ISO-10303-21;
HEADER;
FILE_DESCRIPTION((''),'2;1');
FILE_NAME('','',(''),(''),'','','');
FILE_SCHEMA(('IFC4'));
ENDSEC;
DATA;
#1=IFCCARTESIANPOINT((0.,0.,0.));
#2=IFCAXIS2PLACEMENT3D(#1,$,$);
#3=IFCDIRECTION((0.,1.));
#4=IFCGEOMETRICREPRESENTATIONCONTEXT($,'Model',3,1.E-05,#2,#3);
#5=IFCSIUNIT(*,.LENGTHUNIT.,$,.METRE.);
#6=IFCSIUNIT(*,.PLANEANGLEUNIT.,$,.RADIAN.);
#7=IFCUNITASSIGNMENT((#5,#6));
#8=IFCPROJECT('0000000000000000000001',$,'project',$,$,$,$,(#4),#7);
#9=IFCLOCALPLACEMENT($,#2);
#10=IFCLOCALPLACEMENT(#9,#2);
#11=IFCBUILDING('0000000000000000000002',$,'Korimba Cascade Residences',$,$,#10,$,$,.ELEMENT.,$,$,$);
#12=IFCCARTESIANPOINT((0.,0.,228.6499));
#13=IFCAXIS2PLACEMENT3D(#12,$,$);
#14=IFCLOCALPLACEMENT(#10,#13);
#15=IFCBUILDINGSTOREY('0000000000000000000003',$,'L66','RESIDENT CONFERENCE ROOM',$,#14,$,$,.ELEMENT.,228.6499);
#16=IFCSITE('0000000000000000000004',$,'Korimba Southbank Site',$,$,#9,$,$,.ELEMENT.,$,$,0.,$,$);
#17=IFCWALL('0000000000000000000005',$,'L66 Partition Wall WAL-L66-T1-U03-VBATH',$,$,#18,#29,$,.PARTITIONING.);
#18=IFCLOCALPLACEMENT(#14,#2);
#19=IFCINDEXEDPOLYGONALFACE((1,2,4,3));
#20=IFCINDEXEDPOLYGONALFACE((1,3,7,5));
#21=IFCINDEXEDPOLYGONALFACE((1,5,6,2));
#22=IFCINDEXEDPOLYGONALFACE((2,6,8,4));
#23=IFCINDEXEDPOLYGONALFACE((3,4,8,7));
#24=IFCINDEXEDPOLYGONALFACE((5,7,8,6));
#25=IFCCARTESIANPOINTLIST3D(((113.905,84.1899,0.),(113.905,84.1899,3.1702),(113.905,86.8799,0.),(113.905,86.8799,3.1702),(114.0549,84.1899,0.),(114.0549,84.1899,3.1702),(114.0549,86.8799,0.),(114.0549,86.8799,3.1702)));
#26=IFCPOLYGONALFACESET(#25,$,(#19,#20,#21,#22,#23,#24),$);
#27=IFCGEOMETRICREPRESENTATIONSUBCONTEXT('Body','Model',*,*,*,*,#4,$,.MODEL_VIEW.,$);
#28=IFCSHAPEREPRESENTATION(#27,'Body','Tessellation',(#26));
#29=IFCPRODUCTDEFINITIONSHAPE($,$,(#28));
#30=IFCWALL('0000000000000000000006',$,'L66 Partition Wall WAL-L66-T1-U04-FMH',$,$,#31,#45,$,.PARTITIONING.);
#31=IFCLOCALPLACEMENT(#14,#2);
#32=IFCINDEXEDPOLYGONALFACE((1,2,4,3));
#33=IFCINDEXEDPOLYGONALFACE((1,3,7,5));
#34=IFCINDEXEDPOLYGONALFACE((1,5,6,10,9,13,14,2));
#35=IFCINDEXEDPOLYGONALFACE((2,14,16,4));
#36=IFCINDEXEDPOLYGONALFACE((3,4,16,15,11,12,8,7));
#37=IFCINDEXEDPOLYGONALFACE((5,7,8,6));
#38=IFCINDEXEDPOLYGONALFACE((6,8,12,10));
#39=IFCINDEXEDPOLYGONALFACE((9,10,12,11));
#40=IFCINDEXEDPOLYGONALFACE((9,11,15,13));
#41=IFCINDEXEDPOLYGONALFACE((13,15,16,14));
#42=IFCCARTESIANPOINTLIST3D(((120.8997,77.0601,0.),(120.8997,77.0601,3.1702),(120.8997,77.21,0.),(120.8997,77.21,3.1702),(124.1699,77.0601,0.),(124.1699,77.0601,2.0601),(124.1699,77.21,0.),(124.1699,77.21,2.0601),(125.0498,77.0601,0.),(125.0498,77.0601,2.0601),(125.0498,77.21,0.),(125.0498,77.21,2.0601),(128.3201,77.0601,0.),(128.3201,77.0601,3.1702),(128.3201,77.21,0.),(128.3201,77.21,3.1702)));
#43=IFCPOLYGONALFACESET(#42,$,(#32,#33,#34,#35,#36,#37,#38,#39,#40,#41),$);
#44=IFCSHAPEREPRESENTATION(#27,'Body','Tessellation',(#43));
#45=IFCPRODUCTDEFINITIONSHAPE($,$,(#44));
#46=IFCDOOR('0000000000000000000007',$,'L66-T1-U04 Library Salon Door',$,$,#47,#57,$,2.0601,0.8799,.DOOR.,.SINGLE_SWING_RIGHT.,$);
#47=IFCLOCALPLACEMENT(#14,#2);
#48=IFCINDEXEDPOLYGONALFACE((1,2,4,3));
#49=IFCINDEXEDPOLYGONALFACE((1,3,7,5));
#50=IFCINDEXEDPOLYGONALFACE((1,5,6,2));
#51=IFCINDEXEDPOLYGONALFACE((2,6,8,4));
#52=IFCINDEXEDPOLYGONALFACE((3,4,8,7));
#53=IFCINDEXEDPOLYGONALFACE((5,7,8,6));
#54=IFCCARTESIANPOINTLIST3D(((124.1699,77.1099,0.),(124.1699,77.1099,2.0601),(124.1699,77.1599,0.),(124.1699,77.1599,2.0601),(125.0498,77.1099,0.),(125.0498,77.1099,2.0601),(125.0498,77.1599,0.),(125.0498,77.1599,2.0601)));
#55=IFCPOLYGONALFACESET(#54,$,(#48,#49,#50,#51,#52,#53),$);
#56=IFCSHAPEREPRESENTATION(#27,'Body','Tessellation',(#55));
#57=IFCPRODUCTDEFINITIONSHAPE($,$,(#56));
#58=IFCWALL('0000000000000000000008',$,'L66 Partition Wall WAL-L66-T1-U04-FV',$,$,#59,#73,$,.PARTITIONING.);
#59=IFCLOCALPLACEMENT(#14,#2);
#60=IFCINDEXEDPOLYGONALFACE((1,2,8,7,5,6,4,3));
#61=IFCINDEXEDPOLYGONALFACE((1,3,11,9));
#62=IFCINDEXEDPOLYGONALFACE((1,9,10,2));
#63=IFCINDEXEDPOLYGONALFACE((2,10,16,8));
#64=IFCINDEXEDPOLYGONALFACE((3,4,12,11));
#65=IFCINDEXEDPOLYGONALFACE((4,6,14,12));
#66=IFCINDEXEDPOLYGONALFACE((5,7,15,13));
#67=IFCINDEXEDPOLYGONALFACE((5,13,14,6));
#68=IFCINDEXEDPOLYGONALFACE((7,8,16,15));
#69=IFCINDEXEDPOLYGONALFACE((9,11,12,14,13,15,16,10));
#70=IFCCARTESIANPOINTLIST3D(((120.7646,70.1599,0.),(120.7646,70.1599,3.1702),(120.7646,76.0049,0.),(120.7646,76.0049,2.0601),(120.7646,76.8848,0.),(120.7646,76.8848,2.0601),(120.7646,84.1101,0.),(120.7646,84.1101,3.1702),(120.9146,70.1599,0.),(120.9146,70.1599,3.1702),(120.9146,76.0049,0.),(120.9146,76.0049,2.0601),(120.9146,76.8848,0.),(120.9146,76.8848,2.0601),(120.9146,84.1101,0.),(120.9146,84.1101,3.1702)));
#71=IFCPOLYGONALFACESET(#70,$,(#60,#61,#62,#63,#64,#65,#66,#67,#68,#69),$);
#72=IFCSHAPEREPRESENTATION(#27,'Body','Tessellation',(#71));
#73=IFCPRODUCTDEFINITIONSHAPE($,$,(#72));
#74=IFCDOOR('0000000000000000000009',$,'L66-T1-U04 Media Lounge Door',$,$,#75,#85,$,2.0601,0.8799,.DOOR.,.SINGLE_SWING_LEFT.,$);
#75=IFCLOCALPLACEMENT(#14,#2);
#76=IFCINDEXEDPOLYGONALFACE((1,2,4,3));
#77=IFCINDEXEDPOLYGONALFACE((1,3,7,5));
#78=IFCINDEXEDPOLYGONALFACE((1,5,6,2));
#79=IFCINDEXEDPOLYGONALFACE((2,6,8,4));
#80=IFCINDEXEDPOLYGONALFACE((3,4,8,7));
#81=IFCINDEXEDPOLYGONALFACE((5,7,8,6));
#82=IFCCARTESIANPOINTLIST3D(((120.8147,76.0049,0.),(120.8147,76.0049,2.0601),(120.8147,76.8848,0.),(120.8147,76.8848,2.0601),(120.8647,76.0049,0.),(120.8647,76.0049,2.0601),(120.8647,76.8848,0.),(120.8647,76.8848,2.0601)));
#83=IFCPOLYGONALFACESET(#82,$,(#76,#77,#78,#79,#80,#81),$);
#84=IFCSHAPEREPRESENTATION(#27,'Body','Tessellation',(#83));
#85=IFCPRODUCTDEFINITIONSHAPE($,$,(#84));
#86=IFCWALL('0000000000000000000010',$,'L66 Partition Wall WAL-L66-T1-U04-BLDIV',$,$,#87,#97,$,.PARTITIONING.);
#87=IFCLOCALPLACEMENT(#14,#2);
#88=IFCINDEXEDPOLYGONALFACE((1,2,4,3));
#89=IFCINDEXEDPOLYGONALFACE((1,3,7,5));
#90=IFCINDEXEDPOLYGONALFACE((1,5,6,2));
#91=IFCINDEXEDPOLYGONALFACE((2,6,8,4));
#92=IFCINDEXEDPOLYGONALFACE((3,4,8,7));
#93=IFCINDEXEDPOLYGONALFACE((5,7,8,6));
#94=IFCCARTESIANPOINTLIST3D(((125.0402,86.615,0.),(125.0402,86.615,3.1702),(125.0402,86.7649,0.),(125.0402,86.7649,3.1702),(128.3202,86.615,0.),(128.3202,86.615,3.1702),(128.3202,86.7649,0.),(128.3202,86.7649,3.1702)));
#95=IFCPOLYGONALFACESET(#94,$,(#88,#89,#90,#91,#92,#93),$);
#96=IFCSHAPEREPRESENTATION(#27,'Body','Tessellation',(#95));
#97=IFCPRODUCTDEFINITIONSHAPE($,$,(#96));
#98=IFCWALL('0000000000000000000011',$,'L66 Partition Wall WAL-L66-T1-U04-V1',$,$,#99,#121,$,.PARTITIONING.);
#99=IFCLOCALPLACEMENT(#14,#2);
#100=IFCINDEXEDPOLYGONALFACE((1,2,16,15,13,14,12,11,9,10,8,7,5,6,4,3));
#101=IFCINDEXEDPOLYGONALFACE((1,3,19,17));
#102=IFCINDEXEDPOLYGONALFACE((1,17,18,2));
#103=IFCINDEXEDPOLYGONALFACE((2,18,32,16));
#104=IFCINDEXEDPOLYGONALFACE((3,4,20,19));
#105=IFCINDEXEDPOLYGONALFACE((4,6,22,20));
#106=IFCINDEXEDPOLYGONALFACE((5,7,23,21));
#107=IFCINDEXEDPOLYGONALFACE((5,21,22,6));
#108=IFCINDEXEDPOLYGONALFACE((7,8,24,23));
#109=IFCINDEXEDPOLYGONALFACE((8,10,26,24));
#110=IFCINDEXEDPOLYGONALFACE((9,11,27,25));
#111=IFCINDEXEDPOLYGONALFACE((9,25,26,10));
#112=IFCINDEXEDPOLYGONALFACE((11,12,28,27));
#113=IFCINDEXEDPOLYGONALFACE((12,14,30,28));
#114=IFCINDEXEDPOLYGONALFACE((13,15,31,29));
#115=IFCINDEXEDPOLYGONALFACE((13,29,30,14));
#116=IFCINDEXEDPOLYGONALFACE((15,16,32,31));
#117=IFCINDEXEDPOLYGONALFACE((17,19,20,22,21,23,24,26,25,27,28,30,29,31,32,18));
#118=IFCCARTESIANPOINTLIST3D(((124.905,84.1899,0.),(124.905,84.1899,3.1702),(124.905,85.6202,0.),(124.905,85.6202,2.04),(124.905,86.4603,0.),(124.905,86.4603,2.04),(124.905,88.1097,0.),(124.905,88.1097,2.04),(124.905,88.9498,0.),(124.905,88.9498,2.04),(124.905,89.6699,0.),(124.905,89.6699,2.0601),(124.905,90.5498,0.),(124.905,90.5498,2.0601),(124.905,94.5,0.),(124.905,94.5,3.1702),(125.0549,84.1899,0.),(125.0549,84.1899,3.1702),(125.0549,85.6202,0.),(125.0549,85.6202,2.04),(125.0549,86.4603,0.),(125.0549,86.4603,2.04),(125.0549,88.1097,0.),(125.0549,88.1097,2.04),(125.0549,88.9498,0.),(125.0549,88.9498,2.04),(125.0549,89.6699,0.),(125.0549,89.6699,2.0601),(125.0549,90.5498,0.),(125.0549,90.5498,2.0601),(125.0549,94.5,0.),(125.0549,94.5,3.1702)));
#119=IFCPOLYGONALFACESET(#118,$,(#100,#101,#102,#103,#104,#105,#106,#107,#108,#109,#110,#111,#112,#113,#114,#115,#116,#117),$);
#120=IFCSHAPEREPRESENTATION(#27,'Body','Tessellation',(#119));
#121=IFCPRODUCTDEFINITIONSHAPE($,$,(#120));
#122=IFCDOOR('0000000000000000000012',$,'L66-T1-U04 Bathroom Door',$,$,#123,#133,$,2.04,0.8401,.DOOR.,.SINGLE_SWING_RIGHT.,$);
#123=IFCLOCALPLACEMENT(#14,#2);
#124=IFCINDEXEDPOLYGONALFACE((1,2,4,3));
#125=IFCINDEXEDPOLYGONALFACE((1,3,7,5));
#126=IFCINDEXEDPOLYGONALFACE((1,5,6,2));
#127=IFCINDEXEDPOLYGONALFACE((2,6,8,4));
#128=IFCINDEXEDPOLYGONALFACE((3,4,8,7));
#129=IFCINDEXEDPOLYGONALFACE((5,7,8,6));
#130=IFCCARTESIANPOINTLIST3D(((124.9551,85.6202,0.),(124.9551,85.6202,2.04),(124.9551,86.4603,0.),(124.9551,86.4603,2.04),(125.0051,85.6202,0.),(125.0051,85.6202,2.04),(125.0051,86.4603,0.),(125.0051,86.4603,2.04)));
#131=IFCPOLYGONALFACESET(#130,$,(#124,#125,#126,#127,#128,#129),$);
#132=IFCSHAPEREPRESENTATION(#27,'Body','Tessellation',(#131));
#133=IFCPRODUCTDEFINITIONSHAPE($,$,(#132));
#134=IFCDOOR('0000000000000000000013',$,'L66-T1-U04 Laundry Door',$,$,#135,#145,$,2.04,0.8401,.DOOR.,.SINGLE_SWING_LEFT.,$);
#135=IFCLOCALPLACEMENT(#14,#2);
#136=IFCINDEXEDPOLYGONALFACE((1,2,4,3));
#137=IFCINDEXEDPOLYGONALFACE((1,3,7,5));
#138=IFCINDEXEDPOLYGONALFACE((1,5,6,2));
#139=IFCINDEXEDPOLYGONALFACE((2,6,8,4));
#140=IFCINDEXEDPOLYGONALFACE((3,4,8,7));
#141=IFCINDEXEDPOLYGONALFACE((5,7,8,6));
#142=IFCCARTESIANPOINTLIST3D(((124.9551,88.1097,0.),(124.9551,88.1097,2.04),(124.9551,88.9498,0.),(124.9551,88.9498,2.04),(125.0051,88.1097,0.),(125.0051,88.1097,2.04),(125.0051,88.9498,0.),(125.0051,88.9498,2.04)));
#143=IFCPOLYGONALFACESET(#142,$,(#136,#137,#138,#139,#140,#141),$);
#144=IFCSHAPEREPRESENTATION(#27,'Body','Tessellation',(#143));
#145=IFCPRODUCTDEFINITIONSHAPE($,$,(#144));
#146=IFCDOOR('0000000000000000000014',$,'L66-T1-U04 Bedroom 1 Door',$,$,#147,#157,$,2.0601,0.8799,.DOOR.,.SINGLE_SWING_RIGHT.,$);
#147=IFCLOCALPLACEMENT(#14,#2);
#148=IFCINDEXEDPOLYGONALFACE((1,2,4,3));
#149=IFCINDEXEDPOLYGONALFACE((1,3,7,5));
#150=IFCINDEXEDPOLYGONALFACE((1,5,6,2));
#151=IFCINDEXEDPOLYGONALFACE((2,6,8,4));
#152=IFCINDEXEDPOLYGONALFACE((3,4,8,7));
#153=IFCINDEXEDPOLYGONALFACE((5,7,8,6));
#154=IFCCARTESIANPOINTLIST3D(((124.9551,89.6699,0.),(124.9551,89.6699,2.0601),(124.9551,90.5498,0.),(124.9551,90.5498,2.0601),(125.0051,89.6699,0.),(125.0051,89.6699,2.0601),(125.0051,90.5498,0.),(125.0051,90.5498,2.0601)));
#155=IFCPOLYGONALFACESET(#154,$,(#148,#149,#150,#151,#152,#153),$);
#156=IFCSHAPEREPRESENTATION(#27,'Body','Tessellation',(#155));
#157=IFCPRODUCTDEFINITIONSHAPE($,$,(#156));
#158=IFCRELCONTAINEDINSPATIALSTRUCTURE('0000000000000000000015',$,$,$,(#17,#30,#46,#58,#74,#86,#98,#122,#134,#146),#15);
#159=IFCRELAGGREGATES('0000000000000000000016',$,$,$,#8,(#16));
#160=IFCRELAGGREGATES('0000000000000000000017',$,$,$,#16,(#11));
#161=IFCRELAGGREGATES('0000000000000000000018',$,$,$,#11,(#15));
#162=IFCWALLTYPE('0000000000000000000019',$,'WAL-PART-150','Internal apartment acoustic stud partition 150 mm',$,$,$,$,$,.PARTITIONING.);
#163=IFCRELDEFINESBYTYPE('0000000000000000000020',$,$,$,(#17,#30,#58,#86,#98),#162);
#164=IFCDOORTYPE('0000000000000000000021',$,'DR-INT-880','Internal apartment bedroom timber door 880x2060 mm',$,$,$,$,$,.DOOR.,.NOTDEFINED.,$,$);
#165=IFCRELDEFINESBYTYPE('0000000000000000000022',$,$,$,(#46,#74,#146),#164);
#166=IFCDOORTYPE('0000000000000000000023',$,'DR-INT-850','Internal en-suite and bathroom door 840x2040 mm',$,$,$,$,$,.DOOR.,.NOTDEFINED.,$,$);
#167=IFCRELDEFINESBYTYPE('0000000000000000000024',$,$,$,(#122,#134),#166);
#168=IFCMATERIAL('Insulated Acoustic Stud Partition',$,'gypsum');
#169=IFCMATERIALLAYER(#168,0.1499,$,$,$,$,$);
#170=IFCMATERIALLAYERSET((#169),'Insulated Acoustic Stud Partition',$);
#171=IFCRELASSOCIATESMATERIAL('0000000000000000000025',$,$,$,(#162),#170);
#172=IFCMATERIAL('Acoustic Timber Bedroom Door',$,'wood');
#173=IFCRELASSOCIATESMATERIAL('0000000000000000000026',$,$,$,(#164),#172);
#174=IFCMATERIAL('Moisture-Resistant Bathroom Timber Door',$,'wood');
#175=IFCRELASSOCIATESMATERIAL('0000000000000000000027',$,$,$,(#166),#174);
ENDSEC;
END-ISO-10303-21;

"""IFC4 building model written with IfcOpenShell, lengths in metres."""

from ifc_helpers import new_model, si_unit, direction, frame, frame_2d, origin, place, context, subcontext, project, spatial, rectangle, extrude, material, layer, layer_set, type_object, element, fill, save


model = new_model("IFC4")

# Units and contexts
model_context = context("Model", 3, precision=1e-05, world=origin(), true_north=direction((0.0, 1.0)))
body_context = subcontext(model_context, "Body", "Model", "MODEL_VIEW")
ifc_project = project(units=[si_unit("LENGTHUNIT", "METRE"), si_unit("PLANEANGLEUNIT", "RADIAN")], contexts=[model_context])

# Site, building, storey
site_placement = place(None, origin())
site = spatial("IfcSite", under=ifc_project, at=site_placement, Name="Korimba Southbank Site", CompositionType="ELEMENT", RefElevation=0.0)
building_placement = place(site_placement, origin())
building = spatial("IfcBuilding", under=site, at=building_placement, Name="Korimba Cascade Residences", CompositionType="ELEMENT")
storey_placement = place(building_placement, frame((0.0, 0.0, 228.6499)))
storey = spatial("IfcBuildingStorey", under=building, at=storey_placement, Name="L66", Description="RESIDENT CONFERENCE ROOM", CompositionType="ELEMENT", Elevation=228.6499)

# Wall
ifc_material_1 = material(Name="Insulated Acoustic Stud Partition", Category="gypsum")
ifc_layer_1 = layer(ifc_material_1, 0.1499)
ifc_layer_set_1 = layer_set([ifc_layer_1], Name="Insulated Acoustic Stud Partition")
wall_type_1 = type_object("IfcWallType", Name="WAL-PART-150", Description="Internal apartment acoustic stud partition 150 mm", PredefinedType="PARTITIONING", material=ifc_layer_set_1)
wall_1_placement = place(storey_placement, frame((113.98, 84.1899, 0.0), z_axis=(0.0, 0.0, 1.0), x_axis=(0.0, 1.0, 0.0)))
element("IfcWall", 1, at=wall_1_placement, inside=storey, type_object=wall_type_1, Name="L66 Partition Wall WAL-L66-T1-U03-VBATH", PredefinedType="PARTITIONING", context=body_context, shape_type="SweptSolid", body=[
    extrude(rectangle(XDim=2.6899, YDim=0.1499, at=frame_2d((1.345, 0.0))), origin(), (0.0, 0.0, 1.0), 3.1702),
])

# Walls, openings, doors
wall_2_placement = place(storey_placement, frame((120.8997, 77.135, 0.0), z_axis=(0.0, 0.0, 1.0), x_axis=(1.0, 0.0, 0.0)))
wall_2 = element("IfcWall", 2, at=wall_2_placement, inside=storey, type_object=wall_type_1, Name="L66 Partition Wall WAL-L66-T1-U04-FMH", PredefinedType="PARTITIONING", context=body_context, shape_type="SweptSolid", body=[
    extrude(rectangle(XDim=7.4204, YDim=0.1499, at=frame_2d((3.7102, 0.0))), origin(), (0.0, 0.0, 1.0), 3.1702),
])
opening_1_placement = place(wall_2_placement, frame((3.2703, 0.0, 0.0)))
opening_1 = element("IfcOpeningElement", 3, at=opening_1_placement, cuts=wall_2, PredefinedType="OPENING", context=body_context, shape_type="SweptSolid", body=[
    extrude(rectangle(XDim=0.8799, YDim=2.0601, at=frame_2d((0.4399, 1.03))), frame((0.0, 0.085, 0.0), z_axis=(0.0, -1.0, 0.0), x_axis=(1.0, 0.0, 0.0)), (0.0, 0.0, 1.0), 0.1699),
])
ifc_material_2 = material(Name="Acoustic Timber Bedroom Door", Category="wood")
door_type_1 = type_object("IfcDoorType", Name="DR-INT-880", Description="Internal apartment bedroom timber door 880x2060 mm", OperationType="NOTDEFINED", PredefinedType="DOOR", material=ifc_material_2)
door_1_placement = place(opening_1_placement, origin())
door_1 = element("IfcDoor", 4, at=door_1_placement, inside=storey, type_object=door_type_1, Name="L66-T1-U04 Library Salon Door", OperationType="SINGLE_SWING_RIGHT", OverallHeight=2.0601, OverallWidth=0.8799, PredefinedType="DOOR", context=body_context, shape_type="SweptSolid", body=[
    extrude(rectangle(XDim=0.8799, YDim=2.0601, at=frame_2d((0.4399, 1.03))), frame((0.0, 0.0249, 0.0), z_axis=(0.0, -1.0, 0.0), x_axis=(1.0, 0.0, 0.0)), (0.0, 0.0, 1.0), 0.05),
])
fill(opening_1, door_1)
wall_3_placement = place(storey_placement, frame((120.8396, 70.1599, 0.0), z_axis=(0.0, 0.0, 1.0), x_axis=(0.0, 1.0, 0.0)))
wall_3 = element("IfcWall", 5, at=wall_3_placement, inside=storey, type_object=wall_type_1, Name="L66 Partition Wall WAL-L66-T1-U04-FV", PredefinedType="PARTITIONING", context=body_context, shape_type="SweptSolid", body=[
    extrude(rectangle(XDim=13.9502, YDim=0.1499, at=frame_2d((6.9751, 0.0))), origin(), (0.0, 0.0, 1.0), 3.1702),
])
opening_2_placement = place(wall_3_placement, frame((5.845, 0.0, 0.0)))
opening_2 = element("IfcOpeningElement", 6, at=opening_2_placement, cuts=wall_3, PredefinedType="OPENING", context=body_context, shape_type="SweptSolid", body=[
    extrude(rectangle(XDim=0.8799, YDim=2.0601, at=frame_2d((0.4399, 1.03))), frame((0.0, 0.085, 0.0), z_axis=(0.0, -1.0, 0.0), x_axis=(1.0, 0.0, 0.0)), (0.0, 0.0, 1.0), 0.1699),
])
door_2_placement = place(opening_2_placement, origin())
door_2 = element("IfcDoor", 7, at=door_2_placement, inside=storey, type_object=door_type_1, Name="L66-T1-U04 Media Lounge Door", OperationType="SINGLE_SWING_LEFT", OverallHeight=2.0601, OverallWidth=0.8799, PredefinedType="DOOR", context=body_context, shape_type="SweptSolid", body=[
    extrude(rectangle(XDim=0.8799, YDim=2.0601, at=frame_2d((0.4399, 1.03))), frame((0.0, 0.0249, 0.0), z_axis=(0.0, -1.0, 0.0), x_axis=(1.0, 0.0, 0.0)), (0.0, 0.0, 1.0), 0.05),
])
fill(opening_2, door_2)

# Wall
wall_4_placement = place(storey_placement, frame((125.04, 86.6899, 0.0), z_axis=(0.0, 0.0, 1.0), x_axis=(1.0, 0.0, 0.0)))
element("IfcWall", 8, at=wall_4_placement, inside=storey, type_object=wall_type_1, Name="L66 Partition Wall WAL-L66-T1-U04-BLDIV", PredefinedType="PARTITIONING", context=body_context, shape_type="SweptSolid", body=[
    extrude(rectangle(XDim=3.28, YDim=0.1499, at=frame_2d((1.6401, 0.0))), origin(), (0.0, 0.0, 1.0), 3.1702),
])

# Wall, openings, doors
wall_5_placement = place(storey_placement, frame((124.98, 84.1899, 0.0), z_axis=(0.0, 0.0, 1.0), x_axis=(0.0, 1.0, 0.0)))
wall_5 = element("IfcWall", 9, at=wall_5_placement, inside=storey, type_object=wall_type_1, Name="L66 Partition Wall WAL-L66-T1-U04-V1", PredefinedType="PARTITIONING", context=body_context, shape_type="SweptSolid", body=[
    extrude(rectangle(XDim=10.3101, YDim=0.1499, at=frame_2d((5.155, 0.0))), origin(), (0.0, 0.0, 1.0), 3.1702),
])
opening_3_placement = place(wall_5_placement, frame((1.4304, 0.0, 0.0)))
opening_3 = element("IfcOpeningElement", 10, at=opening_3_placement, cuts=wall_5, PredefinedType="OPENING", context=body_context, shape_type="SweptSolid", body=[
    extrude(rectangle(XDim=0.8401, YDim=2.04, at=frame_2d((0.4199, 1.02))), frame((0.0, 0.085, 0.0), z_axis=(0.0, -1.0, 0.0), x_axis=(1.0, 0.0, 0.0)), (0.0, 0.0, 1.0), 0.1699),
])
opening_4_placement = place(wall_5_placement, frame((3.9199, 0.0, 0.0)))
opening_4 = element("IfcOpeningElement", 11, at=opening_4_placement, cuts=wall_5, PredefinedType="OPENING", context=body_context, shape_type="SweptSolid", body=[
    extrude(rectangle(XDim=0.8401, YDim=2.04, at=frame_2d((0.4199, 1.02))), frame((0.0, 0.085, 0.0), z_axis=(0.0, -1.0, 0.0), x_axis=(1.0, 0.0, 0.0)), (0.0, 0.0, 1.0), 0.1699),
])
opening_5_placement = place(wall_5_placement, frame((5.48, 0.0, 0.0)))
opening_5 = element("IfcOpeningElement", 12, at=opening_5_placement, cuts=wall_5, PredefinedType="OPENING", context=body_context, shape_type="SweptSolid", body=[
    extrude(rectangle(XDim=0.8799, YDim=2.0601, at=frame_2d((0.4399, 1.03))), frame((0.0, 0.085, 0.0), z_axis=(0.0, -1.0, 0.0), x_axis=(1.0, 0.0, 0.0)), (0.0, 0.0, 1.0), 0.1699),
])
ifc_material_3 = material(Name="Moisture-Resistant Bathroom Timber Door", Category="wood")
door_type_2 = type_object("IfcDoorType", Name="DR-INT-850", Description="Internal en-suite and bathroom door 840x2040 mm", OperationType="NOTDEFINED", PredefinedType="DOOR", material=ifc_material_3)
door_3_placement = place(opening_3_placement, origin())
door_3 = element("IfcDoor", 13, at=door_3_placement, inside=storey, type_object=door_type_2, Name="L66-T1-U04 Bathroom Door", OperationType="SINGLE_SWING_RIGHT", OverallHeight=2.04, OverallWidth=0.8401, PredefinedType="DOOR", context=body_context, shape_type="SweptSolid", body=[
    extrude(rectangle(XDim=0.8401, YDim=2.04, at=frame_2d((0.4199, 1.02))), frame((0.0, 0.0249, 0.0), z_axis=(0.0, -1.0, 0.0), x_axis=(1.0, 0.0, 0.0)), (0.0, 0.0, 1.0), 0.05),
])
fill(opening_3, door_3)
door_4_placement = place(opening_4_placement, origin())
door_4 = element("IfcDoor", 14, at=door_4_placement, inside=storey, type_object=door_type_2, Name="L66-T1-U04 Laundry Door", OperationType="SINGLE_SWING_LEFT", OverallHeight=2.04, OverallWidth=0.8401, PredefinedType="DOOR", context=body_context, shape_type="SweptSolid", body=[
    extrude(rectangle(XDim=0.8401, YDim=2.04, at=frame_2d((0.4199, 1.02))), frame((0.0, 0.0249, 0.0), z_axis=(0.0, -1.0, 0.0), x_axis=(1.0, 0.0, 0.0)), (0.0, 0.0, 1.0), 0.05),
])
fill(opening_4, door_4)
door_5_placement = place(opening_5_placement, origin())
door_5 = element("IfcDoor", 15, at=door_5_placement, inside=storey, type_object=door_type_1, Name="L66-T1-U04 Bedroom 1 Door", OperationType="SINGLE_SWING_RIGHT", OverallHeight=2.0601, OverallWidth=0.8799, PredefinedType="DOOR", context=body_context, shape_type="SweptSolid", body=[
    extrude(rectangle(XDim=0.8799, YDim=2.0601, at=frame_2d((0.4399, 1.03))), frame((0.0, 0.0249, 0.0), z_axis=(0.0, -1.0, 0.0), x_axis=(1.0, 0.0, 0.0)), (0.0, 0.0, 1.0), 0.05),
])
fill(opening_5, door_5)

save(model, "model.ifc")
